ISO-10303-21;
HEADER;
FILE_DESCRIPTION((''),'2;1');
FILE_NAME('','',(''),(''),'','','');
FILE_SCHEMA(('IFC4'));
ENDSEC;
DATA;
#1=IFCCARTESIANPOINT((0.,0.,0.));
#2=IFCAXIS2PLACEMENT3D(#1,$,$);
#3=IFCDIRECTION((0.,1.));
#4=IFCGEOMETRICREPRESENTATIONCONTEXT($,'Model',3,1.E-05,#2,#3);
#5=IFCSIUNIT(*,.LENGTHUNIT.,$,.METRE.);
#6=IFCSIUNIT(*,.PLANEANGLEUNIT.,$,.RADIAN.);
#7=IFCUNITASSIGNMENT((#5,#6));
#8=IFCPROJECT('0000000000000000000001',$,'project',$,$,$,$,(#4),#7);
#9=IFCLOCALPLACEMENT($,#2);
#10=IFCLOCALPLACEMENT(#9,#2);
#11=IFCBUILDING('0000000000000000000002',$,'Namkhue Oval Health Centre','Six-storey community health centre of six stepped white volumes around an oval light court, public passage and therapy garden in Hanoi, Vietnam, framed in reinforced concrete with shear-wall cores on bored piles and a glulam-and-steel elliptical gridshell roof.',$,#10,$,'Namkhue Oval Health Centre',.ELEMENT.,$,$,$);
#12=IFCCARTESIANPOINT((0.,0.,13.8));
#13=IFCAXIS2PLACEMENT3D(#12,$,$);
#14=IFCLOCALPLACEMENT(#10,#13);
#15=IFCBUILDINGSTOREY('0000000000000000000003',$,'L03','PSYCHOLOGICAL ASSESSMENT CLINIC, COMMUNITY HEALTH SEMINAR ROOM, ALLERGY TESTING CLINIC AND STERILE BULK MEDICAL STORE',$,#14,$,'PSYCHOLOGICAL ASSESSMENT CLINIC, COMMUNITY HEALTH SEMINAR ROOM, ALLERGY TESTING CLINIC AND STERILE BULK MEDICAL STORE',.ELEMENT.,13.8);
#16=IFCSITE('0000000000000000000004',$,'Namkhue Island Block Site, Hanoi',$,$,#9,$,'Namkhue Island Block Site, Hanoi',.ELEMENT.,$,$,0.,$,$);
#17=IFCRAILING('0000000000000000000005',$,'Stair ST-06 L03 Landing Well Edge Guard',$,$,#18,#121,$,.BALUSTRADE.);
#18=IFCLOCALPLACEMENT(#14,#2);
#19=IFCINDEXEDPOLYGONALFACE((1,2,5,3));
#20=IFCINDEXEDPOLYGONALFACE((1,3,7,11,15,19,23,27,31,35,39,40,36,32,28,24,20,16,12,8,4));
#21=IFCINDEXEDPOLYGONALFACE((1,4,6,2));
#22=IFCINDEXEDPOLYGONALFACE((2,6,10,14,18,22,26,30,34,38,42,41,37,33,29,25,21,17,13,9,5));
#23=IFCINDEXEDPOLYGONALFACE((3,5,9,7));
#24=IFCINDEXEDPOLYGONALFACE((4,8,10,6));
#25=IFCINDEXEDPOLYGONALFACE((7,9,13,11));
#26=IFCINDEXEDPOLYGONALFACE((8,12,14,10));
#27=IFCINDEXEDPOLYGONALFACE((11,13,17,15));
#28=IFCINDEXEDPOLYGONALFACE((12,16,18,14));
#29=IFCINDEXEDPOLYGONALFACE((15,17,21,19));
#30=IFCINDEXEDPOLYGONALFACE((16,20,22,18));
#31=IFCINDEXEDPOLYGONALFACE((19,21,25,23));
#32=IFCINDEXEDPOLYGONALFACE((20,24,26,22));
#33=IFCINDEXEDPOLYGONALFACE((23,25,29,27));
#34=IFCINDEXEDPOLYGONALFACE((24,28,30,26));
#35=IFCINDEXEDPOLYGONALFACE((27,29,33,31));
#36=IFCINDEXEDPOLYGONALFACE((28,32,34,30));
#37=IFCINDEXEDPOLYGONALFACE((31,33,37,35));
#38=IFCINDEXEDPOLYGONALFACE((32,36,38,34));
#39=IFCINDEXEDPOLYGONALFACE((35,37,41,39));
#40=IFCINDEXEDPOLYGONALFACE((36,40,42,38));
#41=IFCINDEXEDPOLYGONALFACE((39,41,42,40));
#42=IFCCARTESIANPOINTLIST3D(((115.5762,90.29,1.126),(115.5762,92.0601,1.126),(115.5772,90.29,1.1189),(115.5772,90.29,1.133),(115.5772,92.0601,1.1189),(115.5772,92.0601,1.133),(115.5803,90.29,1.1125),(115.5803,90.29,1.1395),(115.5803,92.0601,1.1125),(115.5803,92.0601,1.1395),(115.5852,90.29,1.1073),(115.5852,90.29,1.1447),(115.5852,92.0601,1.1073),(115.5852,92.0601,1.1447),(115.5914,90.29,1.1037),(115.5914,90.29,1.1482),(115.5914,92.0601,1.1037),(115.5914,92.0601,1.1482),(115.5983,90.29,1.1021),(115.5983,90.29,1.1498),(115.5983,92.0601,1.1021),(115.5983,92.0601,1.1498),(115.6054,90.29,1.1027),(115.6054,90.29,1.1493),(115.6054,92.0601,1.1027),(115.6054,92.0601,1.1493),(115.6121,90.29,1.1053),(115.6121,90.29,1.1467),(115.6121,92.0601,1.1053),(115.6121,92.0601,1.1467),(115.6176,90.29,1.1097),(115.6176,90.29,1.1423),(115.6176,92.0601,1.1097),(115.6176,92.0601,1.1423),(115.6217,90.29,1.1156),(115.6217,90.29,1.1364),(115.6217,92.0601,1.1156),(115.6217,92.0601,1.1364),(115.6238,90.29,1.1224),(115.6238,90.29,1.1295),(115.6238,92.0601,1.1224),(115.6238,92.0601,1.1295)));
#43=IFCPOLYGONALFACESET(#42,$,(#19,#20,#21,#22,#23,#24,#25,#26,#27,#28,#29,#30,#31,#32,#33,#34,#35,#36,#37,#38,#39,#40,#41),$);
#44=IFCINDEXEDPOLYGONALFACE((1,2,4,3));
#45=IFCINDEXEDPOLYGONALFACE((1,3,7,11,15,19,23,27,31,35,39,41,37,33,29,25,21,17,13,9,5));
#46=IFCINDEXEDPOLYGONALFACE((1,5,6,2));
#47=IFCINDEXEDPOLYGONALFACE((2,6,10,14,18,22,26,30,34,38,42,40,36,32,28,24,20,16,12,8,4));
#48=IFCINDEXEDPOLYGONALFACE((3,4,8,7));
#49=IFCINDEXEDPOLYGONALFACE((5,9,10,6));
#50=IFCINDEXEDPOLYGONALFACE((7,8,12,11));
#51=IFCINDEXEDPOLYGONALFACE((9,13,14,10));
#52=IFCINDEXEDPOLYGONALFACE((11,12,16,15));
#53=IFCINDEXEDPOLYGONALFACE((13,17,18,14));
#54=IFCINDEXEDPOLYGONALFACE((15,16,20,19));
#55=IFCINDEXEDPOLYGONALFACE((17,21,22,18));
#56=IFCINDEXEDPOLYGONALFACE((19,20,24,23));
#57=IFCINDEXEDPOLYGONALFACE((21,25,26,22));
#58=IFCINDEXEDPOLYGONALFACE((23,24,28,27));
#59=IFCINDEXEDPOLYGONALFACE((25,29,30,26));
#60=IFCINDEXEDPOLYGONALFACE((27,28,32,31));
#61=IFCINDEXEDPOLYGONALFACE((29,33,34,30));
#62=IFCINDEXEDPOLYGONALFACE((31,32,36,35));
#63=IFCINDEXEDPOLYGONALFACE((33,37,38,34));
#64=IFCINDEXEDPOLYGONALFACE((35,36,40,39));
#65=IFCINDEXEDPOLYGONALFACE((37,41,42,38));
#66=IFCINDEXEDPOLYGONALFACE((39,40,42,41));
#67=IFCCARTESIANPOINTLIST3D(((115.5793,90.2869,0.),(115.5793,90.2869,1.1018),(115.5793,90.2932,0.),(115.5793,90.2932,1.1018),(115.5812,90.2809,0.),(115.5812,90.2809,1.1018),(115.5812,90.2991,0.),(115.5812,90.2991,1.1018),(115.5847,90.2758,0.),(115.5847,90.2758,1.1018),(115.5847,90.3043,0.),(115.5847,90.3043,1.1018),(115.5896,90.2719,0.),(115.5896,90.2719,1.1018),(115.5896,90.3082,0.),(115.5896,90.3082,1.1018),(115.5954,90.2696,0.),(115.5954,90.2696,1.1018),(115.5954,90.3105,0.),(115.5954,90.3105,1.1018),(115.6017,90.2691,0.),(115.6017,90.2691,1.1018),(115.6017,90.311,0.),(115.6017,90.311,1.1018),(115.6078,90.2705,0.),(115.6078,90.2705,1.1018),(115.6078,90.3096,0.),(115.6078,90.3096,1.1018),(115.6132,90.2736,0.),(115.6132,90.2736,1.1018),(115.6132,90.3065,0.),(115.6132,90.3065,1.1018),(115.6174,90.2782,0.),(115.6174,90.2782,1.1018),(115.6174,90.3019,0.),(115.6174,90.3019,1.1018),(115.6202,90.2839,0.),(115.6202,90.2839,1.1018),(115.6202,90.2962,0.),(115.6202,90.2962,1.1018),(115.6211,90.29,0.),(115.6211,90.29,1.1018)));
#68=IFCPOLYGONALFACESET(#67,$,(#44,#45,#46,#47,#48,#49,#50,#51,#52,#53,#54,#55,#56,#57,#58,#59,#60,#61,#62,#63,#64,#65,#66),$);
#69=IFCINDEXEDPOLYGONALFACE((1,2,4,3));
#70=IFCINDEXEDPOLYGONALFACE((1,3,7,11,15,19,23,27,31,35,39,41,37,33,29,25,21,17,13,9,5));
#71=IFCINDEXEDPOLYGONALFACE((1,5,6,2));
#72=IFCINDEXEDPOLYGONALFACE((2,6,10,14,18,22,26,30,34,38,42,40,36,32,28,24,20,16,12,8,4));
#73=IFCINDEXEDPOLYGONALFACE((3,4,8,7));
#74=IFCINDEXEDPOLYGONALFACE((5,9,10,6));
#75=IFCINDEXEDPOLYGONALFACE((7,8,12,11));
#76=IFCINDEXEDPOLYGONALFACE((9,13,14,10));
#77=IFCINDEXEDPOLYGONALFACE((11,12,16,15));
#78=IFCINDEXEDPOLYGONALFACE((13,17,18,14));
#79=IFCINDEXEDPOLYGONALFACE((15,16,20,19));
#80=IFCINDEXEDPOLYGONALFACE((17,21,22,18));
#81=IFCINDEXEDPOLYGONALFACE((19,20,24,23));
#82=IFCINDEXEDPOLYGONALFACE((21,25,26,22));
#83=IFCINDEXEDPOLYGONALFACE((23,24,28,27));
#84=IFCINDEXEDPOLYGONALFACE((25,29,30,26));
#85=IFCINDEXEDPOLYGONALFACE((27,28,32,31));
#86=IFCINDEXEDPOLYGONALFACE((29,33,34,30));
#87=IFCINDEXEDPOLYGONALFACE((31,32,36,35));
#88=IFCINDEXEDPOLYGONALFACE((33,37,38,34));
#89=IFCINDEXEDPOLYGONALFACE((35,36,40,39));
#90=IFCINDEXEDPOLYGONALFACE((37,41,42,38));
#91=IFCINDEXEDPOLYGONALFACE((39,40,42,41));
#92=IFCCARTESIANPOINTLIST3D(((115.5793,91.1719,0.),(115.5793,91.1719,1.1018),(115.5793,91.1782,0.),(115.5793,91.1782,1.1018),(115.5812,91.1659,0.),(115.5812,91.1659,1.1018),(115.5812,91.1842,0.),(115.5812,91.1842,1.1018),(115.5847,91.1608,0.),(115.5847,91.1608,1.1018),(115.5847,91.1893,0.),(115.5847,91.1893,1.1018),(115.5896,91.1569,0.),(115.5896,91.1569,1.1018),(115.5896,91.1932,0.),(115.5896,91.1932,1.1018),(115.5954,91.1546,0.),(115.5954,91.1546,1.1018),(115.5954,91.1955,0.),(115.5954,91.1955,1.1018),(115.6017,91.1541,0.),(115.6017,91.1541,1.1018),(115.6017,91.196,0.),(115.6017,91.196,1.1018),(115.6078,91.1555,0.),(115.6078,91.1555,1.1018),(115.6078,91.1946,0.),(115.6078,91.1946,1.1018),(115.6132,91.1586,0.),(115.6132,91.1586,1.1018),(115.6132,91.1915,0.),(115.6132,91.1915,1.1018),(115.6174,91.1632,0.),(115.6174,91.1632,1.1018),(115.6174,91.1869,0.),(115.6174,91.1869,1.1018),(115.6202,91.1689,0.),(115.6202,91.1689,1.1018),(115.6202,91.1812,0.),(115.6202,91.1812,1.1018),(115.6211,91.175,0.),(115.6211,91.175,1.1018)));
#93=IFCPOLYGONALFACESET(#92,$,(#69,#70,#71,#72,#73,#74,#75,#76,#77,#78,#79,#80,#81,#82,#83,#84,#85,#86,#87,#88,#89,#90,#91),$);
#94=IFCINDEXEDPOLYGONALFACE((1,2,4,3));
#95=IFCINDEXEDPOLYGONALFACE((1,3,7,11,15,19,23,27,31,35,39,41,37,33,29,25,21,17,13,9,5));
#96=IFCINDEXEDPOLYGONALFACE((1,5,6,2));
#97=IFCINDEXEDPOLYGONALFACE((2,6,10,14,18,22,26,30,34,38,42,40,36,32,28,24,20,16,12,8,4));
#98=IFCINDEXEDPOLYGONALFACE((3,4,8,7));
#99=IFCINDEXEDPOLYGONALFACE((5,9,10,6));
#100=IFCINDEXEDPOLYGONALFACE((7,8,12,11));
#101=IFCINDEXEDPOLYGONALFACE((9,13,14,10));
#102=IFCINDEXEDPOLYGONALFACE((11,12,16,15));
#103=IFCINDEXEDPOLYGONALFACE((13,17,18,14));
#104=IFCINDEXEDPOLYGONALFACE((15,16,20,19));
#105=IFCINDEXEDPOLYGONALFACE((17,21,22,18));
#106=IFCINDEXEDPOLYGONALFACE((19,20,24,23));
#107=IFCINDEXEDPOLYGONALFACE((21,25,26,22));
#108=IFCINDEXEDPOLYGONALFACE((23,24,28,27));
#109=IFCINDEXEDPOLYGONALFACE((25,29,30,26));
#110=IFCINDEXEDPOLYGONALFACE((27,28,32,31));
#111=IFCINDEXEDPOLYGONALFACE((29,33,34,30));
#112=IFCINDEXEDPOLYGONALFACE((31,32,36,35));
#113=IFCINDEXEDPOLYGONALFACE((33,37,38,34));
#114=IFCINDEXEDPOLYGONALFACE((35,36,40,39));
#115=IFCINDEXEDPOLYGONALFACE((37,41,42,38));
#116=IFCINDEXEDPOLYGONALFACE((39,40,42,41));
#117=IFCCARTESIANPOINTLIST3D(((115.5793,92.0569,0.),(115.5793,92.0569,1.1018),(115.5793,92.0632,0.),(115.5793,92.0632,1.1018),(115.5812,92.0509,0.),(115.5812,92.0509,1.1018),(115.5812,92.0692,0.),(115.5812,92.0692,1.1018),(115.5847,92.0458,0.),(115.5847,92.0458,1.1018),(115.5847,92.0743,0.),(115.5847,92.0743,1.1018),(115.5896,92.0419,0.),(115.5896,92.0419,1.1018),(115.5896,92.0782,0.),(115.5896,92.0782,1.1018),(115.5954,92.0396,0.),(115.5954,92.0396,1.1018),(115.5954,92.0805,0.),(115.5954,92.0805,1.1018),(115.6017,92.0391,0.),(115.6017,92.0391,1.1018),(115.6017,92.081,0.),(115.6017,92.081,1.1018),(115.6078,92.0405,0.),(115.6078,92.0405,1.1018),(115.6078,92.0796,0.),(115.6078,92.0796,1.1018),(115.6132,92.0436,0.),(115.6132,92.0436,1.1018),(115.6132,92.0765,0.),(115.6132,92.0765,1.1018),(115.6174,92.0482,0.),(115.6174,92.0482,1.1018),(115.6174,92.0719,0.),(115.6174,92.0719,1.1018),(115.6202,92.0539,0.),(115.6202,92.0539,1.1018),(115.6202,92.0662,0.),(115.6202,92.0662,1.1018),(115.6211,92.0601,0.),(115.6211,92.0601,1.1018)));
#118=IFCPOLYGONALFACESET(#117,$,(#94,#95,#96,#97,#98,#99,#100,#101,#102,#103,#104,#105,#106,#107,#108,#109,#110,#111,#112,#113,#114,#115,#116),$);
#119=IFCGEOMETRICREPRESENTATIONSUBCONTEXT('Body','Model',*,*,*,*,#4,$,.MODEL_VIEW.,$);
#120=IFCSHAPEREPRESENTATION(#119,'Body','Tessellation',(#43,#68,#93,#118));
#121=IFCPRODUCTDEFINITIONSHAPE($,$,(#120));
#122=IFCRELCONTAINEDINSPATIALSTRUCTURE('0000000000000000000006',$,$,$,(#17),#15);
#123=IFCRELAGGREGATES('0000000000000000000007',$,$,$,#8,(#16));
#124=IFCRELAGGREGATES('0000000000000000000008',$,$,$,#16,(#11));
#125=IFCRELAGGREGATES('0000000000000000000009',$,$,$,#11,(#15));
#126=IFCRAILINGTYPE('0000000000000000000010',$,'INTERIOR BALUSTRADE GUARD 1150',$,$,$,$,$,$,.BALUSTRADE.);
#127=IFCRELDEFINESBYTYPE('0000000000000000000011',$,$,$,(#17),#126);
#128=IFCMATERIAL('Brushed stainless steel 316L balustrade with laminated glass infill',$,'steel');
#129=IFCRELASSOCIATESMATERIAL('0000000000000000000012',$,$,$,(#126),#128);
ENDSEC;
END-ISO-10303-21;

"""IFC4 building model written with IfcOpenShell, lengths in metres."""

from ifc_helpers import new_model, si_unit, direction, frame, origin, origin_2d, place, context, subcontext, project, spatial, circle, extrude, material, type_object, element, save


model = new_model("IFC4")

# Units and contexts
model_context = context("Model", 3, precision=1e-05, world=origin(), true_north=direction((0.0, 1.0)))
body_context = subcontext(model_context, "Body", "Model", "MODEL_VIEW")
ifc_project = project(units=[si_unit("LENGTHUNIT", "METRE"), si_unit("PLANEANGLEUNIT", "RADIAN")], contexts=[model_context])

# Site, building, storey
site_placement = place(None, origin())
site = spatial("IfcSite", under=ifc_project, at=site_placement, Name="Namkhue Island Block Site, Hanoi", LongName="Namkhue Island Block Site, Hanoi", CompositionType="ELEMENT", RefElevation=0.0)
building_placement = place(site_placement, origin())
building = spatial("IfcBuilding", under=site, at=building_placement, Name="Namkhue Oval Health Centre", Description="Six-storey community health centre of six stepped white volumes around an oval light court, public passage and therapy garden in Hanoi, Vietnam, framed in reinforced concrete with shear-wall cores on bored piles and a glulam-and-steel elliptical gridshell roof.", LongName="Namkhue Oval Health Centre", CompositionType="ELEMENT")
storey_placement = place(building_placement, frame((0.0, 0.0, 13.8)))
storey = spatial("IfcBuildingStorey", under=building, at=storey_placement, Name="L03", Description="PSYCHOLOGICAL ASSESSMENT CLINIC, COMMUNITY HEALTH SEMINAR ROOM, ALLERGY TESTING CLINIC AND STERILE BULK MEDICAL STORE", LongName="PSYCHOLOGICAL ASSESSMENT CLINIC, COMMUNITY HEALTH SEMINAR ROOM, ALLERGY TESTING CLINIC AND STERILE BULK MEDICAL STORE", CompositionType="ELEMENT", Elevation=13.8)

# Railing
ifc_material_1 = material(Name="Brushed stainless steel 316L balustrade with laminated glass infill", Category="steel")
railing_type_1 = type_object("IfcRailingType", Name="INTERIOR BALUSTRADE GUARD 1150", PredefinedType="BALUSTRADE", material=ifc_material_1)
railing_1_placement = place(storey_placement, frame((115.6001, 90.29, 0.0)))
element("IfcRailing", 1, at=railing_1_placement, inside=storey, type_object=railing_type_1, Name="Stair ST-06 L03 Landing Well Edge Guard", PredefinedType="BALUSTRADE", context=body_context, shape_type="SweptSolid", body=[
    extrude(circle(Radius=0.0239, at=origin_2d()), frame((0.0, 0.0, 1.126), z_axis=(0.0, 1.0, 0.0), x_axis=(-1.0, 0.0, 0.0)), (0.0, 0.0, 1.0), 1.77),
    extrude(circle(Radius=0.021, at=origin_2d()), origin(), (0.0, 0.0, 1.0), 1.1018),
    extrude(circle(Radius=0.021, at=origin_2d()), frame((0.0, 0.885, 0.0)), (0.0, 0.0, 1.0), 1.1018),
    extrude(circle(Radius=0.021, at=origin_2d()), frame((0.0, 1.77, 0.0)), (0.0, 0.0, 1.0), 1.1018),
])

save(model, "model.ifc")
